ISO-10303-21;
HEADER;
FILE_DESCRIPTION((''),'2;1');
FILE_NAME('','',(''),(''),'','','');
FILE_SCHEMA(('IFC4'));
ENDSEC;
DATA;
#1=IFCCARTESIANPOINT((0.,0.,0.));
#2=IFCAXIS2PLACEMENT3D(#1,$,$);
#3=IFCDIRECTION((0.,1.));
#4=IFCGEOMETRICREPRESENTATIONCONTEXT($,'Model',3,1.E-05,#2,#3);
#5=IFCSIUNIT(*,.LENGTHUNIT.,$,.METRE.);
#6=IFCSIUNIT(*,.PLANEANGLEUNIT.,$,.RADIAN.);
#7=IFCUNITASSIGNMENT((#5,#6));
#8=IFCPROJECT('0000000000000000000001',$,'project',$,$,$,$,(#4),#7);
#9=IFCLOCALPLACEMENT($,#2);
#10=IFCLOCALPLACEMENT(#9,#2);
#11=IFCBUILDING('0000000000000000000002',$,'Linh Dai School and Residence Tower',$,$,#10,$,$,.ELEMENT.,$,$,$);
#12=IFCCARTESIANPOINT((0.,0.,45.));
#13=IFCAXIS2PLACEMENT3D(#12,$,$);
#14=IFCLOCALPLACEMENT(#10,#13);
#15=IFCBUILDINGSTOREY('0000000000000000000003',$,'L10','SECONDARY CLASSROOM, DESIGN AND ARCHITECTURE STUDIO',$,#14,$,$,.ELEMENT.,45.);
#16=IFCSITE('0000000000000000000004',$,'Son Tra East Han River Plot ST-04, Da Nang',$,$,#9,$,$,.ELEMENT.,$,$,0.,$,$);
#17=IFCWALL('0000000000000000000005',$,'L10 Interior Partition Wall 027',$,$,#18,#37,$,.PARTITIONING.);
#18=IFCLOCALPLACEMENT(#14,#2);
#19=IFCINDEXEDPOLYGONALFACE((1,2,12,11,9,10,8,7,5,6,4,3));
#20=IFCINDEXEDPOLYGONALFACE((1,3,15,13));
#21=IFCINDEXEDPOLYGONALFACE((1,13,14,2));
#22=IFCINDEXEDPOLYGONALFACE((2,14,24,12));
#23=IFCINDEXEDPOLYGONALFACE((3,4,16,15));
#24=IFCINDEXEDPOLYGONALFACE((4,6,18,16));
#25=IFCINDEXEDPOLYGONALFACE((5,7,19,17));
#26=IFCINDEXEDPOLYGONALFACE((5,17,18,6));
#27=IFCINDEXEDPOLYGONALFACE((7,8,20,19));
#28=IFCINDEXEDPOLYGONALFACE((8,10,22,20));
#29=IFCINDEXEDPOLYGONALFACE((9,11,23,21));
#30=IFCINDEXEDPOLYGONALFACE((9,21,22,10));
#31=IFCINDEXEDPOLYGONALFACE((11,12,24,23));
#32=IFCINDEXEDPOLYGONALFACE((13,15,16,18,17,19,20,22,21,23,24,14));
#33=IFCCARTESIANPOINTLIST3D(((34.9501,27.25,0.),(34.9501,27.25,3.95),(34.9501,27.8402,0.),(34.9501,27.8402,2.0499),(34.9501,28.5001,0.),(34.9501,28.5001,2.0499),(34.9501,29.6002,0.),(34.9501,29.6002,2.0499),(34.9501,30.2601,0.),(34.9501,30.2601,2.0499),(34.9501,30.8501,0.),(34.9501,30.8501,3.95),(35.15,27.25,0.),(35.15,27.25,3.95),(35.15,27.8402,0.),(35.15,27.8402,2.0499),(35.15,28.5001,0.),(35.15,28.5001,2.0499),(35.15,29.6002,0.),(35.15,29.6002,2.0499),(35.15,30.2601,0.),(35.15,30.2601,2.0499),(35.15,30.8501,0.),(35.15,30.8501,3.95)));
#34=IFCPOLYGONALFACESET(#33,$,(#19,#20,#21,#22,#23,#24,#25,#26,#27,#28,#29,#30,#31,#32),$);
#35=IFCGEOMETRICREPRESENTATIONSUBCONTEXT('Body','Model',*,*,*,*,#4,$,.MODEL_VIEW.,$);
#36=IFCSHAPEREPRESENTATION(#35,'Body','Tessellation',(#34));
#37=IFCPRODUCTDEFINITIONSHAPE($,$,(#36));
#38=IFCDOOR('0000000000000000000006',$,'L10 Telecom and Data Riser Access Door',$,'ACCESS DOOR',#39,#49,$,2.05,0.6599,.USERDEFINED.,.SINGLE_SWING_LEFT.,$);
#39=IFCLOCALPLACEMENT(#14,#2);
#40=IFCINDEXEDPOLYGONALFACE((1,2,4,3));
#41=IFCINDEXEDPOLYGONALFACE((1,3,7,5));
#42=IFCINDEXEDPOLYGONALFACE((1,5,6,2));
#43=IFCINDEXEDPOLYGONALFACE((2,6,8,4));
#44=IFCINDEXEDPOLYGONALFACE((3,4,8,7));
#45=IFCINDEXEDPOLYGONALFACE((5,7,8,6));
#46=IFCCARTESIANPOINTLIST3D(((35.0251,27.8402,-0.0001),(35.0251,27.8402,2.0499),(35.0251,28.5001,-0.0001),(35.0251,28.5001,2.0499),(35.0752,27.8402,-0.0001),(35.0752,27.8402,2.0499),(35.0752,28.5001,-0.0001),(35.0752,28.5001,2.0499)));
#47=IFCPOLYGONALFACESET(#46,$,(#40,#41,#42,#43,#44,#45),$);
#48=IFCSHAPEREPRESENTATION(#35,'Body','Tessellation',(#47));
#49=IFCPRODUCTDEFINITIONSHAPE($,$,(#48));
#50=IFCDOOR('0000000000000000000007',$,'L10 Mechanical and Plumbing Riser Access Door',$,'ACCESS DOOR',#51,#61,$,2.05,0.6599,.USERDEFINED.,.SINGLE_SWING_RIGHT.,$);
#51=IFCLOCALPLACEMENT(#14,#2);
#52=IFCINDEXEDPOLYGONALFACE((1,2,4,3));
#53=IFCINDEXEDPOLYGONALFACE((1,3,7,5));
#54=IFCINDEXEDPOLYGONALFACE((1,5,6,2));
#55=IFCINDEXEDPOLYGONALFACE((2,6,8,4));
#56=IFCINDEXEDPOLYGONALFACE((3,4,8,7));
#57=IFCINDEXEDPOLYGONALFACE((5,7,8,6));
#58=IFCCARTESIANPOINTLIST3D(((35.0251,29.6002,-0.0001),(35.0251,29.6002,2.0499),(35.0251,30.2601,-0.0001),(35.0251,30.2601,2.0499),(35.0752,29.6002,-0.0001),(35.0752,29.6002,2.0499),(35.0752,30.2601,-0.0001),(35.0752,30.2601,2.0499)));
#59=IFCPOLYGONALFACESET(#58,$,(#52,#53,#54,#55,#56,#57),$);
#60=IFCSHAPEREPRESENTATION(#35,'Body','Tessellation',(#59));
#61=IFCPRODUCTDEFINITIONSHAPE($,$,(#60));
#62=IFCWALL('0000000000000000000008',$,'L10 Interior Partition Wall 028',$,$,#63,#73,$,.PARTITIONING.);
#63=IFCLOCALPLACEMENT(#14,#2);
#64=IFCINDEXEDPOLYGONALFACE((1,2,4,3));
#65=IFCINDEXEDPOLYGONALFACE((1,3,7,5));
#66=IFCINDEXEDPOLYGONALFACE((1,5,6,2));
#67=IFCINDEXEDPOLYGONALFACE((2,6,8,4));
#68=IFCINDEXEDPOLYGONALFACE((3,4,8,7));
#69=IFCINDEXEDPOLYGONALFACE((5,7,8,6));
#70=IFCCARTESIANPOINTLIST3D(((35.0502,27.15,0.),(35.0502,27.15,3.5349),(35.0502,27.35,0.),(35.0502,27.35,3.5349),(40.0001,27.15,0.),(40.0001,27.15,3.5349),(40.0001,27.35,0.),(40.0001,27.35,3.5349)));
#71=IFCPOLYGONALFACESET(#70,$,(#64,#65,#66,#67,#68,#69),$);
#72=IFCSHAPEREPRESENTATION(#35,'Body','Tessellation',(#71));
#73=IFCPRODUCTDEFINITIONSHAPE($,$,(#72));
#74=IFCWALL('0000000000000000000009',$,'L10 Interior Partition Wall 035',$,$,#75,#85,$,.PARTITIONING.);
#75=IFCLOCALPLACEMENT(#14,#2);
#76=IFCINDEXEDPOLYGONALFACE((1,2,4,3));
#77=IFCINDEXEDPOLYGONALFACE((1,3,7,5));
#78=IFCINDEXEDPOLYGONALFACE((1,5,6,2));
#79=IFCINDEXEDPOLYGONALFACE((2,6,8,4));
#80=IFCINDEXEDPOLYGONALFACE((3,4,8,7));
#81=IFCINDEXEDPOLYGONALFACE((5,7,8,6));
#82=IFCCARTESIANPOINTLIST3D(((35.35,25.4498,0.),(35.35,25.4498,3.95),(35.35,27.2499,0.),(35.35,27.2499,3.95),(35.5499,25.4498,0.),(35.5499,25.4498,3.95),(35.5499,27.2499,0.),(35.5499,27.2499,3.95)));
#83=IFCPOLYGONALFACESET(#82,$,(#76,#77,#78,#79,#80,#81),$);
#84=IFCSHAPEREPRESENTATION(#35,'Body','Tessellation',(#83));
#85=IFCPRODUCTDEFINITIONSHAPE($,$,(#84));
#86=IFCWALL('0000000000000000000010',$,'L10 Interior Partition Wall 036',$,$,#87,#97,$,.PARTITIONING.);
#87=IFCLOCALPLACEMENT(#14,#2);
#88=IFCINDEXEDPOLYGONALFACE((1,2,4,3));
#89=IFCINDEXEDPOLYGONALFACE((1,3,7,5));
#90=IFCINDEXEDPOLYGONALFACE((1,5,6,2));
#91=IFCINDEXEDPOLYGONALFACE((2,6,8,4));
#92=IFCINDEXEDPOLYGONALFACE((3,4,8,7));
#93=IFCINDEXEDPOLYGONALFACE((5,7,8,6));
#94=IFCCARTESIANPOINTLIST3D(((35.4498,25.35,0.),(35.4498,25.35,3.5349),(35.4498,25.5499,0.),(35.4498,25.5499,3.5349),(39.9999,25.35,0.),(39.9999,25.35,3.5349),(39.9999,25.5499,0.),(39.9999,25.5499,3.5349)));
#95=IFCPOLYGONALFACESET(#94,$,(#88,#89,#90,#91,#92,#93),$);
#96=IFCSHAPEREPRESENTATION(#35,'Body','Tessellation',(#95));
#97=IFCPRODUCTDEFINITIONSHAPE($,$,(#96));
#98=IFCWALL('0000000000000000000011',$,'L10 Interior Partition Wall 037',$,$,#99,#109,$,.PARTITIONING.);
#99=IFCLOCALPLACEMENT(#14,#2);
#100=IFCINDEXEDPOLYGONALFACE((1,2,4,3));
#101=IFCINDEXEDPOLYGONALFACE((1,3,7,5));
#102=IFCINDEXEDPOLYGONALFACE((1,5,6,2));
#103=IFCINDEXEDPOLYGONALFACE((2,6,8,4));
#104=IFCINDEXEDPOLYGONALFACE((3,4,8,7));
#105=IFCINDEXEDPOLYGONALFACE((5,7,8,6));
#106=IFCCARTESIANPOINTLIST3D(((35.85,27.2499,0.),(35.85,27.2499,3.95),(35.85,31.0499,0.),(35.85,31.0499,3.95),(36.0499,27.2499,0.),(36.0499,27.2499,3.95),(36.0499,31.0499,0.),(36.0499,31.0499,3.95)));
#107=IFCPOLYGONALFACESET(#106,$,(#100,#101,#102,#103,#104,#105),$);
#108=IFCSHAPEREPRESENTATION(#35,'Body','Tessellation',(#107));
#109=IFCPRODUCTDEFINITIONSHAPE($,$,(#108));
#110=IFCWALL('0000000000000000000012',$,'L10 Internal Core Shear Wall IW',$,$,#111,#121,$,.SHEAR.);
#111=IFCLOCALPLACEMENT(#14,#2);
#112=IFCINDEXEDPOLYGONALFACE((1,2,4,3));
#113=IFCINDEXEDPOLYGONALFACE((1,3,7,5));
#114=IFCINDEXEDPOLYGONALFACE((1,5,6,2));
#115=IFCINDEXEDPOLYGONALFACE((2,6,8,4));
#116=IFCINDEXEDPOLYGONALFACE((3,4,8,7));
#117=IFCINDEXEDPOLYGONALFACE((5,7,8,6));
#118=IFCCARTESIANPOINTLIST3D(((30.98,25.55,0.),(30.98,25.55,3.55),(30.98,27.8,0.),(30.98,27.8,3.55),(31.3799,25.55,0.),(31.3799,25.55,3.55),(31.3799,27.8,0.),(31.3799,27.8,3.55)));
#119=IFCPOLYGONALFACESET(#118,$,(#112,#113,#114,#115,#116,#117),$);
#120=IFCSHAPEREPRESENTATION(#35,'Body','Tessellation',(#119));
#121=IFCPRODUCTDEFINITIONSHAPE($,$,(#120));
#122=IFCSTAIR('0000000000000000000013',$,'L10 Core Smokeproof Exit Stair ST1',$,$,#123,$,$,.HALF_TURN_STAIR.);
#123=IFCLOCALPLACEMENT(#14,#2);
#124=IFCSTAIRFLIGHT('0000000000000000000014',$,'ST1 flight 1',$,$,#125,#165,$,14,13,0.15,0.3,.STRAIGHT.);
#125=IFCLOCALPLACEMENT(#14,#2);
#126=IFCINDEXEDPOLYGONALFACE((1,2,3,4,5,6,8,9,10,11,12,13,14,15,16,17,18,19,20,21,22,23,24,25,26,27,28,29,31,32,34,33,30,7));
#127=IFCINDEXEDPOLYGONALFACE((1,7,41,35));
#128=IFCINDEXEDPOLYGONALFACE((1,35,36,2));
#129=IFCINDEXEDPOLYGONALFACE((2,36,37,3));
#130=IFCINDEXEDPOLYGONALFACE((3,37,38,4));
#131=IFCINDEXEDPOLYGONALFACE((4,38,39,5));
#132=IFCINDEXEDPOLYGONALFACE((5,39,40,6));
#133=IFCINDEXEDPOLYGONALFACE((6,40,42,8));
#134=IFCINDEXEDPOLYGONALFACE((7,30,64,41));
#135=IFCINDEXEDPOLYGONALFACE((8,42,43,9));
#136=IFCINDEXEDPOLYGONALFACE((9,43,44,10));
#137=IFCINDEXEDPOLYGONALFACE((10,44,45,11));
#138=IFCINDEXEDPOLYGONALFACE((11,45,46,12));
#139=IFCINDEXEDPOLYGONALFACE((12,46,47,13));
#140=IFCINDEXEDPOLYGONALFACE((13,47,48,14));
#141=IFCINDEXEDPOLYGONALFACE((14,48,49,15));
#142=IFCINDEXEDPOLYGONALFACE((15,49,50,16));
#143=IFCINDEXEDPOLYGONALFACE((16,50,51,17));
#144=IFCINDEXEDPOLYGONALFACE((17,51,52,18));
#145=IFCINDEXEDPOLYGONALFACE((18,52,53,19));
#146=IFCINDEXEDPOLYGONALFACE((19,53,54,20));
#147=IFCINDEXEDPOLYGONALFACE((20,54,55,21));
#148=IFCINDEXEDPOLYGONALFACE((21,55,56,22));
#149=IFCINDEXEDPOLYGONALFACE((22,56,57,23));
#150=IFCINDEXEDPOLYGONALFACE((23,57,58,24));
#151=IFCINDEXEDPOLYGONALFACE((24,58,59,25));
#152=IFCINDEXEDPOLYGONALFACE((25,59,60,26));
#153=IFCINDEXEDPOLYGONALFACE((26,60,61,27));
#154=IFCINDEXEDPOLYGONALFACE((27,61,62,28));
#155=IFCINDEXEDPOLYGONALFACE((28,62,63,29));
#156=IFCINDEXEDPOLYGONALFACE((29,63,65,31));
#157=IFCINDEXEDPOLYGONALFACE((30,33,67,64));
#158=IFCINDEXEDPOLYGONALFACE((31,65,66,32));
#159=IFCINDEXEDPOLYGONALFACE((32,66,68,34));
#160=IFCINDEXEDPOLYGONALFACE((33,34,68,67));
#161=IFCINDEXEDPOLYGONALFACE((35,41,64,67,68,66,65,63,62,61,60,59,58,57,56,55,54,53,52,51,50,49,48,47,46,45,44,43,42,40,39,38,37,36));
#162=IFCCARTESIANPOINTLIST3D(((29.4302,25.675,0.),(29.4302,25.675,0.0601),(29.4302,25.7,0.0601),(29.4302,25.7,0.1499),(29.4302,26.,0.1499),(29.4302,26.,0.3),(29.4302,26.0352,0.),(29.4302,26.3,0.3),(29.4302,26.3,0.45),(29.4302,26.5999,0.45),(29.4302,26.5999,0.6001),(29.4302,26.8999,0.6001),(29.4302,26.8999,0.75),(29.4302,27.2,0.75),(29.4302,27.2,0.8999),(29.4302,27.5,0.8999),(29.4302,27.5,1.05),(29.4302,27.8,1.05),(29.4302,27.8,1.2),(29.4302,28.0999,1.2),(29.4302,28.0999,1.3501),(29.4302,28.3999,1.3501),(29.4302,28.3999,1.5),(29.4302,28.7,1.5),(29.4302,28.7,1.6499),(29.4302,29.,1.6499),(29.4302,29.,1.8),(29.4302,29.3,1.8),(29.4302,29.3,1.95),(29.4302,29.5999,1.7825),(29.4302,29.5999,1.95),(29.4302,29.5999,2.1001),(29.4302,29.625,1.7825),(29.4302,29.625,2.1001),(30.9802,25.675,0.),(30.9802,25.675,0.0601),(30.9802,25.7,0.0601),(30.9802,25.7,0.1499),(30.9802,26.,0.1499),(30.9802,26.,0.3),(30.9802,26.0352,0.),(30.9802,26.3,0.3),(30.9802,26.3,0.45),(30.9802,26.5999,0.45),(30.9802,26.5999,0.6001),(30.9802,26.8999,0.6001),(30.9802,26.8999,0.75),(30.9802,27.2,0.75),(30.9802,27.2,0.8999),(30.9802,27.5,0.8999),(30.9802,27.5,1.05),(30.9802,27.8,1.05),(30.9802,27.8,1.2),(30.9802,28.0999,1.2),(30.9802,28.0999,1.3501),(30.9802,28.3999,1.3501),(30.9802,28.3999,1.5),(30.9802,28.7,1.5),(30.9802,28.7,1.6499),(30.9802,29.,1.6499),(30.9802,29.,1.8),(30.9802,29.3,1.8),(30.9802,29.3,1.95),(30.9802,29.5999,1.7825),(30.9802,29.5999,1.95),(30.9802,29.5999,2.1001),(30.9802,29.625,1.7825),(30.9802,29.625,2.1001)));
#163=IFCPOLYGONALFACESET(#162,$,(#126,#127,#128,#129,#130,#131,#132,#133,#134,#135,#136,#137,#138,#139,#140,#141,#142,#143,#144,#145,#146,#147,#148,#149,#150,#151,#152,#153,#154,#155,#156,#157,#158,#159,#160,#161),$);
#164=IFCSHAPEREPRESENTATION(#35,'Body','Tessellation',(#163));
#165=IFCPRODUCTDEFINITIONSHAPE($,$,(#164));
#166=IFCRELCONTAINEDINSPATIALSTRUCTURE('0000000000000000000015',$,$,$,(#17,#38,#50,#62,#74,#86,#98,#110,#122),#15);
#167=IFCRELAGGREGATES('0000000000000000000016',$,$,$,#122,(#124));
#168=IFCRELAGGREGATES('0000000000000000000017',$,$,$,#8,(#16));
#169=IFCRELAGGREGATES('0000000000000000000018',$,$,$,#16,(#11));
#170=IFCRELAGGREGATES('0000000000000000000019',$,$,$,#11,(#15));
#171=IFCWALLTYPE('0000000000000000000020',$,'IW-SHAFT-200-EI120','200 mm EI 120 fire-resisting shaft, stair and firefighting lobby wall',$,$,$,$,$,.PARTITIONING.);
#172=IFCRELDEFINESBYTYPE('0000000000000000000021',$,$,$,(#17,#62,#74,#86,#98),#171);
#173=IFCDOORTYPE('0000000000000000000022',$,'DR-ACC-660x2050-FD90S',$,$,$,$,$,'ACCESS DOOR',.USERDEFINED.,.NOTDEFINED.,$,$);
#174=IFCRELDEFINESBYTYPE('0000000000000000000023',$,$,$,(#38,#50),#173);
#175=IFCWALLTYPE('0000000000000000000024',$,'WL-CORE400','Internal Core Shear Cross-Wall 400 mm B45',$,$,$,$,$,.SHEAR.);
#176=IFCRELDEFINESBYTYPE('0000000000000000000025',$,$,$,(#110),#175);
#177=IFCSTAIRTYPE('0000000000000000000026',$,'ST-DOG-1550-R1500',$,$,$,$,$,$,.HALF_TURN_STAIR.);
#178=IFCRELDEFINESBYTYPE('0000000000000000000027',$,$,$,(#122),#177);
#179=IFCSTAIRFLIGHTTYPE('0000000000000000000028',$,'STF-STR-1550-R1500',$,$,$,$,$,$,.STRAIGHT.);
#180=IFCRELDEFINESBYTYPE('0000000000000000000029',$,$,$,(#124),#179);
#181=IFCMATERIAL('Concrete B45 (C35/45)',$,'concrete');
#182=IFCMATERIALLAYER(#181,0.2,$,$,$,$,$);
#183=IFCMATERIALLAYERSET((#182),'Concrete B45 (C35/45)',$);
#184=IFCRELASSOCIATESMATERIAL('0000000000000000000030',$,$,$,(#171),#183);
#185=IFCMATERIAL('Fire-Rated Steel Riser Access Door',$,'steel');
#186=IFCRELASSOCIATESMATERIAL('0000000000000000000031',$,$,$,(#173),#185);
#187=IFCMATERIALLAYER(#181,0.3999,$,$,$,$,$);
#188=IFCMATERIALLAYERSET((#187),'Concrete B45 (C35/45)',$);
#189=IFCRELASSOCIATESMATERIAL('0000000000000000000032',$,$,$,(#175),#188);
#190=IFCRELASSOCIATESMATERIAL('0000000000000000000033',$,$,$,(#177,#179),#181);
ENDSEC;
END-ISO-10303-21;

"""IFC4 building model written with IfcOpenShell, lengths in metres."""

from ifc_helpers import new_model, si_unit, direction, frame, frame_2d, origin, origin_2d, place, context, subcontext, project, spatial, polyline, rectangle, outline, extrude, source, transform, mapped, material, layer, layer_set, type_object, element, fill, aggregate, save


model = new_model("IFC4")

# Units and contexts
model_context = context("Model", 3, precision=1e-05, world=origin(), true_north=direction((0.0, 1.0)))
body_context = subcontext(model_context, "Body", "Model", "MODEL_VIEW")
ifc_project = project(units=[si_unit("LENGTHUNIT", "METRE"), si_unit("PLANEANGLEUNIT", "RADIAN")], contexts=[model_context])

# Site, building, storey
site_placement = place(None, origin())
site = spatial("IfcSite", under=ifc_project, at=site_placement, Name="Son Tra East Han River Plot ST-04, Da Nang", CompositionType="ELEMENT", RefElevation=0.0)
building_placement = place(site_placement, origin())
building = spatial("IfcBuilding", under=site, at=building_placement, Name="Linh Dai School and Residence Tower", CompositionType="ELEMENT")
storey_placement = place(building_placement, frame((0.0, 0.0, 45.0)))
storey = spatial("IfcBuildingStorey", under=building, at=storey_placement, Name="L10", Description="SECONDARY CLASSROOM, DESIGN AND ARCHITECTURE STUDIO", CompositionType="ELEMENT", Elevation=45.0)

# Shared definitions
ifc_material_1 = material(Name="Concrete B45 (C35/45)", Category="concrete")
ifc_layer_1 = layer(ifc_material_1, 0.2)
ifc_layer_set_1 = layer_set([ifc_layer_1], Name="Concrete B45 (C35/45)")
wall_type_1 = type_object("IfcWallType", Name="IW-SHAFT-200-EI120", Description="200 mm EI 120 fire-resisting shaft, stair and firefighting lobby wall", PredefinedType="PARTITIONING", material=ifc_layer_set_1)

# Wall, openings, doors
wall_1_placement = place(storey_placement, frame((35.05, 27.25, 0.0), z_axis=(0.0, 0.0, 1.0), x_axis=(0.0, 1.0, 0.0)))
wall_1 = element("IfcWall", 1, at=wall_1_placement, inside=storey, type_object=wall_type_1, Name="L10 Interior Partition Wall 027", PredefinedType="PARTITIONING", context=body_context, shape_type="SweptSolid", body=[
    extrude(rectangle(XDim=3.6001, YDim=0.2, at=frame_2d((1.8, 0.0))), origin(), (0.0, 0.0, 1.0), 3.95),
])
opening_1_placement = place(wall_1_placement, frame((0.5901, 0.0, 0.0)))
opening_1 = element("IfcOpeningElement", 2, at=opening_1_placement, cuts=wall_1, PredefinedType="OPENING", context=body_context, shape_type="SweptSolid", body=[
    extrude(rectangle(XDim=0.6599, YDim=2.05, at=origin_2d()), frame((0.3301, 0.1099, 1.0249), z_axis=(0.0, -1.0, 0.0), x_axis=(1.0, 0.0, 0.0)), (0.0, 0.0, 1.0), 0.22),
])
opening_2_placement = place(wall_1_placement, frame((2.3501, 0.0, 0.0)))
opening_2 = element("IfcOpeningElement", 3, at=opening_2_placement, cuts=wall_1, PredefinedType="OPENING", context=body_context, shape_type="SweptSolid", body=[
    extrude(rectangle(XDim=0.6599, YDim=2.05, at=origin_2d()), frame((0.3301, 0.1099, 1.0249), z_axis=(0.0, -1.0, 0.0), x_axis=(1.0, 0.0, 0.0)), (0.0, 0.0, 1.0), 0.22),
])
ifc_material_2 = material(Name="Fire-Rated Steel Riser Access Door", Category="steel")
door_type_1 = type_object("IfcDoorType", Name="DR-ACC-660x2050-FD90S", ElementType="ACCESS DOOR", OperationType="NOTDEFINED", PredefinedType="USERDEFINED", material=ifc_material_2)
shared_shape_1 = source(origin(), body_context, "Body", "SweptSolid", [
    extrude(rectangle(XDim=0.6599, YDim=2.05, at=origin_2d()), frame((0.3301, 0.0249, 1.0249), z_axis=(0.0, -1.0, 0.0), x_axis=(1.0, 0.0, 0.0)), (0.0, 0.0, 1.0), 0.05),
])
door_1_placement = place(opening_1_placement, origin())
door_1 = element("IfcDoor", 4, at=door_1_placement, inside=storey, type_object=door_type_1, Name="L10 Telecom and Data Riser Access Door", ObjectType="ACCESS DOOR", OperationType="SINGLE_SWING_LEFT", OverallHeight=2.05, OverallWidth=0.6599, PredefinedType="USERDEFINED", context=body_context, shape_type="MappedRepresentation", body=[
    mapped(shared_shape_1, transform((0.0, 0.0, 0.0), x_axis=(1.0, 0.0, 0.0), y_axis=(0.0, 1.0, 0.0), z_axis=(0.0, 0.0, 1.0), scale=1.0)),
])
fill(opening_1, door_1)
door_2_placement = place(opening_2_placement, origin())
door_2 = element("IfcDoor", 5, at=door_2_placement, inside=storey, type_object=door_type_1, Name="L10 Mechanical and Plumbing Riser Access Door", ObjectType="ACCESS DOOR", OperationType="SINGLE_SWING_RIGHT", OverallHeight=2.05, OverallWidth=0.6599, PredefinedType="USERDEFINED", context=body_context, shape_type="MappedRepresentation", body=[
    mapped(shared_shape_1, transform((0.0, 0.0, 0.0), x_axis=(1.0, 0.0, 0.0), y_axis=(0.0, 1.0, 0.0), z_axis=(0.0, 0.0, 1.0), scale=1.0)),
])
fill(opening_2, door_2)

# Walls
wall_2_placement = place(storey_placement, frame((35.05, 27.25, 0.0), z_axis=(0.0, 0.0, 1.0), x_axis=(1.0, 0.0, 0.0)))
element("IfcWall", 6, at=wall_2_placement, inside=storey, type_object=wall_type_1, Name="L10 Interior Partition Wall 028", PredefinedType="PARTITIONING", context=body_context, shape_type="SweptSolid", body=[
    extrude(rectangle(XDim=4.95, YDim=0.2, at=frame_2d((2.4751, 0.0))), origin(), (0.0, 0.0, 1.0), 3.5349),
])
wall_3_placement = place(storey_placement, frame((35.45, 25.45, 0.0), z_axis=(0.0, 0.0, 1.0), x_axis=(0.0, 1.0, 0.0)))
element("IfcWall", 7, at=wall_3_placement, inside=storey, type_object=wall_type_1, Name="L10 Interior Partition Wall 035", PredefinedType="PARTITIONING", context=body_context, shape_type="SweptSolid", body=[
    extrude(rectangle(XDim=1.8, YDim=0.2, at=frame_2d((0.8999, 0.0))), origin(), (0.0, 0.0, 1.0), 3.95),
])
wall_4_placement = place(storey_placement, frame((35.45, 25.45, 0.0), z_axis=(0.0, 0.0, 1.0), x_axis=(1.0, 0.0, 0.0)))
element("IfcWall", 8, at=wall_4_placement, inside=storey, type_object=wall_type_1, Name="L10 Interior Partition Wall 036", PredefinedType="PARTITIONING", context=body_context, shape_type="SweptSolid", body=[
    extrude(rectangle(XDim=4.55, YDim=0.2, at=frame_2d((2.2749, 0.0))), origin(), (0.0, 0.0, 1.0), 3.5349),
])
wall_5_placement = place(storey_placement, frame((35.95, 27.25, 0.0), z_axis=(0.0, 0.0, 1.0), x_axis=(0.0, 1.0, 0.0)))
element("IfcWall", 9, at=wall_5_placement, inside=storey, type_object=wall_type_1, Name="L10 Interior Partition Wall 037", PredefinedType="PARTITIONING", context=body_context, shape_type="SweptSolid", body=[
    extrude(rectangle(XDim=3.8, YDim=0.2, at=frame_2d((1.8999, 0.0))), origin(), (0.0, 0.0, 1.0), 3.95),
])
ifc_layer_2 = layer(ifc_material_1, 0.3999)
ifc_layer_set_2 = layer_set([ifc_layer_2], Name="Concrete B45 (C35/45)")
wall_type_2 = type_object("IfcWallType", Name="WL-CORE400", Description="Internal Core Shear Cross-Wall 400 mm B45", PredefinedType="SHEAR", material=ifc_layer_set_2)
wall_6_placement = place(storey_placement, frame((31.1799, 25.55, 0.0), z_axis=(0.0, 0.0, 1.0), x_axis=(0.0, 1.0, 0.0)))
element("IfcWall", 10, at=wall_6_placement, inside=storey, type_object=wall_type_2, Name="L10 Internal Core Shear Wall IW", PredefinedType="SHEAR", context=body_context, shape_type="SweptSolid", body=[
    extrude(rectangle(XDim=2.25, YDim=0.3999, at=frame_2d((1.125, 0.0))), origin(), (0.0, 0.0, 1.0), 3.55),
])

# Stair, stair flight
stair_type = type_object("IfcStairType", Name="ST-DOG-1550-R1500", PredefinedType="HALF_TURN_STAIR", material=ifc_material_1)
stair_placement = place(storey_placement, origin())
stair = element("IfcStair", 11, at=stair_placement, inside=storey, type_object=stair_type, Name="L10 Core Smokeproof Exit Stair ST1", PredefinedType="HALF_TURN_STAIR")
stair_flight_type = type_object("IfcStairFlightType", Name="STF-STR-1550-R1500", PredefinedType="STRAIGHT", material=ifc_material_1)
shared_shape_2 = source(origin(), body_context, "Body", "SweptSolid", [
    extrude(outline(polyline([(-0.0249, 0.0), (-0.0249, 0.0601), (0.0, 0.0601), (0.0, 0.1499), (0.3, 0.1499), (0.3, 0.3), (0.6001, 0.3), (0.6001, 0.45), (0.8999, 0.45), (0.8999, 0.6001), (1.2, 0.6001), (1.2, 0.75), (1.5, 0.75), (1.5, 0.8999), (1.8, 0.8999), (1.8, 1.05), (2.1001, 1.05), (2.1001, 1.2), (2.3999, 1.2), (2.3999, 1.3501), (2.7, 1.3501), (2.7, 1.5), (3.0, 1.5), (3.0, 1.6499), (3.3, 1.6499), (3.3, 1.8), (3.6001, 1.8), (3.6001, 1.95), (3.8999, 1.95), (3.8999, 2.1001), (3.925, 2.1001), (3.925, 1.7825), (3.8999, 1.7825), (0.3352, 0.0), (-0.0249, 0.0)])), frame((0.0, 0.7749, 0.0), z_axis=(0.0, -1.0, 0.0), x_axis=(1.0, 0.0, 0.0)), (0.0, 0.0, 1.0), 1.55),
])
stair_flight_placement = place(storey_placement, frame((30.2051, 25.7, 0.0), z_axis=(0.0, 0.0, 1.0), x_axis=(0.0, 1.0, 0.0)))
stair_flight = element("IfcStairFlight", 12, at=stair_flight_placement, type_object=stair_flight_type, Name="ST1 flight 1", NumberOfRisers=14, NumberOfTreads=13, PredefinedType="STRAIGHT", RiserHeight=0.15, TreadLength=0.3, context=body_context, shape_type="MappedRepresentation", body=[
    mapped(shared_shape_2, transform((0.0, 0.0, 0.0), x_axis=(1.0, 0.0, 0.0), y_axis=(0.0, 1.0, 0.0), z_axis=(0.0, 0.0, 1.0), scale=1.0)),
])
aggregate(stair, [stair_flight])

save(model, "model.ifc")
